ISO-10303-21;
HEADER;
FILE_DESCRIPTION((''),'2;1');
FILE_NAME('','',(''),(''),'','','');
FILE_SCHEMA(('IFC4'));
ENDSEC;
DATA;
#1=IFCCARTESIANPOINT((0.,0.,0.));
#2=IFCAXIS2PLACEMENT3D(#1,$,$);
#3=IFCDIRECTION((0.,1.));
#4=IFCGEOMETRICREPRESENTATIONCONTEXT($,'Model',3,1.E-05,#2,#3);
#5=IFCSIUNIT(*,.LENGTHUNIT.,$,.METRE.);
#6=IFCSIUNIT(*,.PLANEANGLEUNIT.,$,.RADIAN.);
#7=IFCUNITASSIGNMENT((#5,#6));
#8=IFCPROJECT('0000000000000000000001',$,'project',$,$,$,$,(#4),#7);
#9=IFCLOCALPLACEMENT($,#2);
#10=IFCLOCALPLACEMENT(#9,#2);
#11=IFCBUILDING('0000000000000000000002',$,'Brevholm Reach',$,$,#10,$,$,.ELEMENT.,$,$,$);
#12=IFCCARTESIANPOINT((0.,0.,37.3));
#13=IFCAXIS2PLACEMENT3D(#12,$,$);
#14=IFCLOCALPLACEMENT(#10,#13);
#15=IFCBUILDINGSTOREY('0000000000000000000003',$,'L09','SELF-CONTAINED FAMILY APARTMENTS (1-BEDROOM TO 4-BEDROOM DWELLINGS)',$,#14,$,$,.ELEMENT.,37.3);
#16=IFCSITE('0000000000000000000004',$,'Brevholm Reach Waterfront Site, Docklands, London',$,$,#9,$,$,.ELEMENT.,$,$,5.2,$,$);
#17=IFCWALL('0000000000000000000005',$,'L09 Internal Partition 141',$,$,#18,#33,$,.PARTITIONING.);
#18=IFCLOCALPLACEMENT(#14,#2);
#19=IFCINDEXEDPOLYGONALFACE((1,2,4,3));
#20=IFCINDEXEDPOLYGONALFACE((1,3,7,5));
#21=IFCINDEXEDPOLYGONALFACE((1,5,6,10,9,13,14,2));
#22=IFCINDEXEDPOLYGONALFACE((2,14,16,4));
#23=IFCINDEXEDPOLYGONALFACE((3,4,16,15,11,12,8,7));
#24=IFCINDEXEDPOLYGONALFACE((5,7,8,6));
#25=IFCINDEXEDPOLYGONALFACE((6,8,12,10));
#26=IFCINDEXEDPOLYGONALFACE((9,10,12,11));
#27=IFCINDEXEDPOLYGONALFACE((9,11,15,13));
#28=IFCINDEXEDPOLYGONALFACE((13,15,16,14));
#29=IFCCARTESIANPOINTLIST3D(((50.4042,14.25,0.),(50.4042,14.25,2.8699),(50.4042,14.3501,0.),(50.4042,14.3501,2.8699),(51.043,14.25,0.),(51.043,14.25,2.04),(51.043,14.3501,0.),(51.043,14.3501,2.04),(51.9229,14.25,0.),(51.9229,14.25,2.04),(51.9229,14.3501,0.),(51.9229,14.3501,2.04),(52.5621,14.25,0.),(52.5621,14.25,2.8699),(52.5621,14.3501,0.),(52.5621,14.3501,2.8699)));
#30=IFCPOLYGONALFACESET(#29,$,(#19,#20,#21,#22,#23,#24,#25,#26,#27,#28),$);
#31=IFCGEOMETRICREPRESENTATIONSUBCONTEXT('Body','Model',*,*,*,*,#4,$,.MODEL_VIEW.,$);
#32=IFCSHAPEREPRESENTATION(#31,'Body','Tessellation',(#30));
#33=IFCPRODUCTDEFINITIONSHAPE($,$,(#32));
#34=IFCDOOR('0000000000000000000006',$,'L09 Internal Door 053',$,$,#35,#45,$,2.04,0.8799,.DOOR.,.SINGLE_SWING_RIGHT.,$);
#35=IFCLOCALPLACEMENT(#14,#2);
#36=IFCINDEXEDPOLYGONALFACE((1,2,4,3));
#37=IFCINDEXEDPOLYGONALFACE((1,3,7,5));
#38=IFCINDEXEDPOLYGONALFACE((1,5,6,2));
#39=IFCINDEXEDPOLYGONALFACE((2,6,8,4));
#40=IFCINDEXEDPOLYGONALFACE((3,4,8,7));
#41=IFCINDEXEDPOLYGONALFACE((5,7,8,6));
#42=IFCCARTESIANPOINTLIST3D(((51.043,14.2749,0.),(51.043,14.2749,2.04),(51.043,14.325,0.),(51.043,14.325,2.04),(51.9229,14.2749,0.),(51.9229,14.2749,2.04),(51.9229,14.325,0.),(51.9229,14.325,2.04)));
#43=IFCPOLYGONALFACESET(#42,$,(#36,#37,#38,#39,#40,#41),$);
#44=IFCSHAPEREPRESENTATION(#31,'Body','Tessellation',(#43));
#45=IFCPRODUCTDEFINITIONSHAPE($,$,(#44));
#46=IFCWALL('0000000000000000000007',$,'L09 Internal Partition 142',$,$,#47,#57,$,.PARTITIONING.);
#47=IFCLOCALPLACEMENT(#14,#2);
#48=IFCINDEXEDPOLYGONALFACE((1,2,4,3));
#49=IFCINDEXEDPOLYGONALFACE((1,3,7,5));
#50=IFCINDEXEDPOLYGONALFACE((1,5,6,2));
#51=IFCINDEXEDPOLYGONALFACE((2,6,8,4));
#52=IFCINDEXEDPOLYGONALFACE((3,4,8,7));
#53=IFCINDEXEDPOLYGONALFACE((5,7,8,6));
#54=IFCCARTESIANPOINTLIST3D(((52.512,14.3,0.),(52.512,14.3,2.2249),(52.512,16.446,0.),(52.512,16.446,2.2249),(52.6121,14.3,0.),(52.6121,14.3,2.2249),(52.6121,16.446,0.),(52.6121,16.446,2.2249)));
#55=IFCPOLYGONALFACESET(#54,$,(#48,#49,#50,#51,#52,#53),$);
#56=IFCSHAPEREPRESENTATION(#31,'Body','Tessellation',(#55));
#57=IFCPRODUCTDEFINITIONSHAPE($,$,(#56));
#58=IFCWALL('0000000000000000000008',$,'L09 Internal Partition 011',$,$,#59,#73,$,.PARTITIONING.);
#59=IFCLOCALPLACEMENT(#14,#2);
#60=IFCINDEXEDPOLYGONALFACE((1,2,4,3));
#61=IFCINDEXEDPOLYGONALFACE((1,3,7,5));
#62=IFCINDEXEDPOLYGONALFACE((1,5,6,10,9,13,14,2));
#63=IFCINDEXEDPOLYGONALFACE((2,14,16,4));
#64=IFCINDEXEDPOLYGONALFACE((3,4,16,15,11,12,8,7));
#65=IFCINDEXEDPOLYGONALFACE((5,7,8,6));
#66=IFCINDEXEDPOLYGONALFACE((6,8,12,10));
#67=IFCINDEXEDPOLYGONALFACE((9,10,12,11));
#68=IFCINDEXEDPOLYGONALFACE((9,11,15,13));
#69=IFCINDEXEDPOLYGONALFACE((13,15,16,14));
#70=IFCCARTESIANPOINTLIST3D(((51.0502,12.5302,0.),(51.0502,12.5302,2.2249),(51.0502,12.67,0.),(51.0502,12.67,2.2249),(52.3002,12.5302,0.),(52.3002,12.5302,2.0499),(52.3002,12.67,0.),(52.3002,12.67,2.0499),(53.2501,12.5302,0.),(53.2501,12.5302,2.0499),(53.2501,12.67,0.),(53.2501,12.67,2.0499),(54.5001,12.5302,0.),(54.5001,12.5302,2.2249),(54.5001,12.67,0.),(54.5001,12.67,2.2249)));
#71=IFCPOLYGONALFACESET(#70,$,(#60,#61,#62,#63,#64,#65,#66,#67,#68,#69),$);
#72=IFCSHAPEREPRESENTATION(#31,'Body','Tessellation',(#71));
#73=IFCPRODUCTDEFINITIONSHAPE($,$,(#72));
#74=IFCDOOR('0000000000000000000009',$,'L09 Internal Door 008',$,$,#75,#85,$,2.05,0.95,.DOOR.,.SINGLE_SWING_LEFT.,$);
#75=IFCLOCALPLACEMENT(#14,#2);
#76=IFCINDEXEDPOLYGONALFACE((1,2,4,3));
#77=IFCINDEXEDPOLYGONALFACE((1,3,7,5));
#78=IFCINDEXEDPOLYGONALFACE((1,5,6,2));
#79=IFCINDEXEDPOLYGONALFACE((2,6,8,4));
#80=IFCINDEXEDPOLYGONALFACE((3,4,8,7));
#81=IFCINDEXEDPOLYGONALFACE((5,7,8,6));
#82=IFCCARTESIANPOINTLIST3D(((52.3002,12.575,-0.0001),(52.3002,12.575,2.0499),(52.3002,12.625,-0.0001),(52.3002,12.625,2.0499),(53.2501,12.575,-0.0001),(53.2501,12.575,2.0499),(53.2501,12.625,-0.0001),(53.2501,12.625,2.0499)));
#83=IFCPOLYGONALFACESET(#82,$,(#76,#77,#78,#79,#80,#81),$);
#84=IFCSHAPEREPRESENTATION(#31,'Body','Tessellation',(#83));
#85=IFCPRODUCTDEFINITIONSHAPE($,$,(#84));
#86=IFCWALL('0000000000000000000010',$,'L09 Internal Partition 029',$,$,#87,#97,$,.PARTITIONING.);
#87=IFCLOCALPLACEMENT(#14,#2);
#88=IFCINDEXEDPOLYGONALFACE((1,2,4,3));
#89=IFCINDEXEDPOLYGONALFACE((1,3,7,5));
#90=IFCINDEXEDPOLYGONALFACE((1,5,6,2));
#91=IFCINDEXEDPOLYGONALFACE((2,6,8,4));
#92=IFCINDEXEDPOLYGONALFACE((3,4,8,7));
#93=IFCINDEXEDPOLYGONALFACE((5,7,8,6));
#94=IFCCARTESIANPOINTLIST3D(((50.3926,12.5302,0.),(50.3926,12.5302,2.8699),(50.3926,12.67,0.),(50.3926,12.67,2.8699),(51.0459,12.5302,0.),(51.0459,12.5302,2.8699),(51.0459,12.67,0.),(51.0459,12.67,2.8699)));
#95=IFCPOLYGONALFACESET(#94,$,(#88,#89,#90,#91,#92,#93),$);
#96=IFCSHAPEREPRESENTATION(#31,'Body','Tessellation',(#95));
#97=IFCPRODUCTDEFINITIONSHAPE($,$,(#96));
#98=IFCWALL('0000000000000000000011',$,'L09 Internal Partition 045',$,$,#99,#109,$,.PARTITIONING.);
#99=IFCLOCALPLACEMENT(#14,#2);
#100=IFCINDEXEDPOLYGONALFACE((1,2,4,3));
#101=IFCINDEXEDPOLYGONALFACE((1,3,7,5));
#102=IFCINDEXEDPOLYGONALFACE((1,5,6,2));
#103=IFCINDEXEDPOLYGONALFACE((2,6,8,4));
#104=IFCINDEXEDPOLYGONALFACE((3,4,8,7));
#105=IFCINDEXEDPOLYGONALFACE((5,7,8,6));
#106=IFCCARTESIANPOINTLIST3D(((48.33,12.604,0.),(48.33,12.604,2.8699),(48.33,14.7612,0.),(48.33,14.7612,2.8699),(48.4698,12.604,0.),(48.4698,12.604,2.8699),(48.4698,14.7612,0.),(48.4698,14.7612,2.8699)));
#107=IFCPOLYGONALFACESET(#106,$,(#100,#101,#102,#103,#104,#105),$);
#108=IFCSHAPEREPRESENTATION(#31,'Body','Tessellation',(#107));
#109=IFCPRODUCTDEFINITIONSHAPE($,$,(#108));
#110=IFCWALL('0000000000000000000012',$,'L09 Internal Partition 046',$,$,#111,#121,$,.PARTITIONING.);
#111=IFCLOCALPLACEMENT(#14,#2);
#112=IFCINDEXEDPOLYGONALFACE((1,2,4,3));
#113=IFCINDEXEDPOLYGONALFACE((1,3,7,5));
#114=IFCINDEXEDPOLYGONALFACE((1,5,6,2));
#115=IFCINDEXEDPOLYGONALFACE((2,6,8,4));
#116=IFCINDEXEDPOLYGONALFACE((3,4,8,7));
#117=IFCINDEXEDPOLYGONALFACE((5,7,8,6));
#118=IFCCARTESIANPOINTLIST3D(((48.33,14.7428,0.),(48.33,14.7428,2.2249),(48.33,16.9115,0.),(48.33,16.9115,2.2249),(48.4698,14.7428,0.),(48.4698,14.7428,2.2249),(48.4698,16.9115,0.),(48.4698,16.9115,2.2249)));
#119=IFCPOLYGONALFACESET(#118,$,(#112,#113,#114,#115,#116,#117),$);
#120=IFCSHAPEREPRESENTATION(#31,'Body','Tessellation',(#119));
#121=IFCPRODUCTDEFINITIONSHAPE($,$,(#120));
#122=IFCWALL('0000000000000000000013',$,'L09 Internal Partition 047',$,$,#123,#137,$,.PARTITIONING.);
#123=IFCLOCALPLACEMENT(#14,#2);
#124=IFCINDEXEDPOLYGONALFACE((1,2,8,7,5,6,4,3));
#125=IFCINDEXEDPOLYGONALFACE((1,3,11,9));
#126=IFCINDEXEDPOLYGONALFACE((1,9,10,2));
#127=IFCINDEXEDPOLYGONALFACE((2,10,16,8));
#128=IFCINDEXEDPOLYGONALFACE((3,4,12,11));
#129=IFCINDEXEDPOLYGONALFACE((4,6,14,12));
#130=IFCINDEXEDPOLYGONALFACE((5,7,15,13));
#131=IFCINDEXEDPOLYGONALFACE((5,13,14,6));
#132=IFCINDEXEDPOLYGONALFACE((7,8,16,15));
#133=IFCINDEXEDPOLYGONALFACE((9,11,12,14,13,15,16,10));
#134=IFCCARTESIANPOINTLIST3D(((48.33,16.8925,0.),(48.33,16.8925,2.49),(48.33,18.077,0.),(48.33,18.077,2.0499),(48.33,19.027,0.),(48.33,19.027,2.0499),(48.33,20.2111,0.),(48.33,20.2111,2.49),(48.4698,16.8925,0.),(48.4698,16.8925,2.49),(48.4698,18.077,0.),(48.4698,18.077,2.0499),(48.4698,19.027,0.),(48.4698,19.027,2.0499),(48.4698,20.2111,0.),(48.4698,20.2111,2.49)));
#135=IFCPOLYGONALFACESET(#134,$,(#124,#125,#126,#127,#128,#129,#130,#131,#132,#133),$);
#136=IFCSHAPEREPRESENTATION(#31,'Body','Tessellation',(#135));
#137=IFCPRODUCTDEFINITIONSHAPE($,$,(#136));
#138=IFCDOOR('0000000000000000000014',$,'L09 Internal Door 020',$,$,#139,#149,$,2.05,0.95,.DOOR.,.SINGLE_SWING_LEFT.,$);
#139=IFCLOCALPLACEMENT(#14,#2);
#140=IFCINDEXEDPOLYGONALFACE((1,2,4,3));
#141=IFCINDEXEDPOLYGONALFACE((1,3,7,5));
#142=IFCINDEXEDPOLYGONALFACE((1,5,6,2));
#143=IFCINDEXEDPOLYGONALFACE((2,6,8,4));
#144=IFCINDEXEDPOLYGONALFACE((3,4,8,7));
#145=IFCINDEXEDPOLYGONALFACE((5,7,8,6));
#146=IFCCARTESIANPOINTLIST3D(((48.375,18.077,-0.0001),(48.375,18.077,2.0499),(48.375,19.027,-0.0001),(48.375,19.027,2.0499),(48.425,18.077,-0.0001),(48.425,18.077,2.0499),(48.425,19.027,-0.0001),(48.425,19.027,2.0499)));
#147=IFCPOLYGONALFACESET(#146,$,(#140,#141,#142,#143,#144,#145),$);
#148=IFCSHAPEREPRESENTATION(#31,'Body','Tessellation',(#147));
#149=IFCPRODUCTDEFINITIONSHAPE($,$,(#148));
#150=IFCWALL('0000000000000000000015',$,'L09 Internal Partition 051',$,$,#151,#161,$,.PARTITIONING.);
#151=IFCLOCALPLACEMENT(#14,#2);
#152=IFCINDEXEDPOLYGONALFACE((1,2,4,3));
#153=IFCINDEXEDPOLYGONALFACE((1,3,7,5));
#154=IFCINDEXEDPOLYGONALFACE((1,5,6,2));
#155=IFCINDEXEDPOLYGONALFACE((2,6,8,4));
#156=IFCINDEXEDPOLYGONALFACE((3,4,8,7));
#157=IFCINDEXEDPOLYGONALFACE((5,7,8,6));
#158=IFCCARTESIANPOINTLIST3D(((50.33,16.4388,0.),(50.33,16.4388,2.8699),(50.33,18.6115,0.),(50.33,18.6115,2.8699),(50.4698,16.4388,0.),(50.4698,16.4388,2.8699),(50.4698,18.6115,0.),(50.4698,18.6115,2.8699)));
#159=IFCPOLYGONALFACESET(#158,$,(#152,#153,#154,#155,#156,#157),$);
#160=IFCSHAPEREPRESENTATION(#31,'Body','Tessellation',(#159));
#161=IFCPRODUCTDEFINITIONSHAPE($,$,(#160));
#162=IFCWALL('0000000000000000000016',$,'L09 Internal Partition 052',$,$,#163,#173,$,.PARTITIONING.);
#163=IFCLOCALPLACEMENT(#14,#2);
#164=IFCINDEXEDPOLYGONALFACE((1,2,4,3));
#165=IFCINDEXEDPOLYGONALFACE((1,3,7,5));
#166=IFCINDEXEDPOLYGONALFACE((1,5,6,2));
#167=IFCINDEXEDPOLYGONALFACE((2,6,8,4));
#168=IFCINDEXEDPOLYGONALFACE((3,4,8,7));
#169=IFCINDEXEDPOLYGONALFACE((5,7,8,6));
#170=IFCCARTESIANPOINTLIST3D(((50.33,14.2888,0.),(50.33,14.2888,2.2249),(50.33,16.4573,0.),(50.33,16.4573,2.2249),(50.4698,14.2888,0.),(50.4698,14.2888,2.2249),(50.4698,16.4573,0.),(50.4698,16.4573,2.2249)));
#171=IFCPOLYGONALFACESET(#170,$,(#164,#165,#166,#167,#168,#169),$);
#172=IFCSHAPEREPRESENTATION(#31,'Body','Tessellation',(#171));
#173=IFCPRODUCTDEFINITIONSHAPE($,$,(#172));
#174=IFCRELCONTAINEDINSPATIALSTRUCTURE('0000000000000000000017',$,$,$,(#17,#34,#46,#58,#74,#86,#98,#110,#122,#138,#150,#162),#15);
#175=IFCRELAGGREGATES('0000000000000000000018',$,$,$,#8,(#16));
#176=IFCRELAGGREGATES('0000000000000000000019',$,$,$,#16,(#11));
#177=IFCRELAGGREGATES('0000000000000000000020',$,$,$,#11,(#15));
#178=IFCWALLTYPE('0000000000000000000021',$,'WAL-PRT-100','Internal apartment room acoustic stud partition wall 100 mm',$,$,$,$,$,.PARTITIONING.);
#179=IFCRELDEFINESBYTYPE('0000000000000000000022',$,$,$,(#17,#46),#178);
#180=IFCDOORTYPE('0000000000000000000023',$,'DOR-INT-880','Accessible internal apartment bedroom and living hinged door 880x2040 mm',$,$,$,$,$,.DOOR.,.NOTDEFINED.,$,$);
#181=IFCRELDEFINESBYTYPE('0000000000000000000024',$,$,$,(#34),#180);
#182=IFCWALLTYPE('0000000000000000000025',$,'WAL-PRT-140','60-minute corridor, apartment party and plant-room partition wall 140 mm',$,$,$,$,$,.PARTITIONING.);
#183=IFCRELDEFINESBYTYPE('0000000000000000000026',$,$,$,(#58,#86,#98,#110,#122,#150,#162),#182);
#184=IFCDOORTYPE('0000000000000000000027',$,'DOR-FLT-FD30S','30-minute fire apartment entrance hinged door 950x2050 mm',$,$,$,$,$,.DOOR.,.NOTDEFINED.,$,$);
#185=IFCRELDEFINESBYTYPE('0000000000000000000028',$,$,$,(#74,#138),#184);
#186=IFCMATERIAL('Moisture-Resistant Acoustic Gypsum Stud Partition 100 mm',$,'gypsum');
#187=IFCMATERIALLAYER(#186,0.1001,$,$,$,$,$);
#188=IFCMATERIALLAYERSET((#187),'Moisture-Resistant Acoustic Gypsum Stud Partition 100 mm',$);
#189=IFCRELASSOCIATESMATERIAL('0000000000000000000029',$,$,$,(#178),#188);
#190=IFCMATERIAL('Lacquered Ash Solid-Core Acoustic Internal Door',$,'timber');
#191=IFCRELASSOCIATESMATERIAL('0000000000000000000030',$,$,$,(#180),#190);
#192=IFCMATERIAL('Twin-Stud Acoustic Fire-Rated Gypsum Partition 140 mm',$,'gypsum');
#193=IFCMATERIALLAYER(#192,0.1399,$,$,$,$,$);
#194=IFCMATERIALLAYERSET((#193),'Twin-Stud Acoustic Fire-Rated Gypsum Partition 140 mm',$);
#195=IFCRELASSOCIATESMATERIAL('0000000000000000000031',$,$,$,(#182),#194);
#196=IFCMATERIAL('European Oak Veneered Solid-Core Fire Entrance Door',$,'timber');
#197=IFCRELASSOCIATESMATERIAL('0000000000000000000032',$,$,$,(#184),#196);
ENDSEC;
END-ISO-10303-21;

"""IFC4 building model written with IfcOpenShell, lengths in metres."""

from ifc_helpers import new_model, si_unit, direction, frame, frame_2d, origin, place, context, subcontext, project, spatial, rectangle, extrude, material, layer, layer_set, type_object, element, fill, save


model = new_model("IFC4")

# Units and contexts
model_context = context("Model", 3, precision=1e-05, world=origin(), true_north=direction((0.0, 1.0)))
body_context = subcontext(model_context, "Body", "Model", "MODEL_VIEW")
ifc_project = project(units=[si_unit("LENGTHUNIT", "METRE"), si_unit("PLANEANGLEUNIT", "RADIAN")], contexts=[model_context])

# Site, building, storey
site_placement = place(None, origin())
site = spatial("IfcSite", under=ifc_project, at=site_placement, Name="Brevholm Reach Waterfront Site, Docklands, London", CompositionType="ELEMENT", RefElevation=5.2)
building_placement = place(site_placement, origin())
building = spatial("IfcBuilding", under=site, at=building_placement, Name="Brevholm Reach", CompositionType="ELEMENT")
storey_placement = place(building_placement, frame((0.0, 0.0, 37.3)))
storey = spatial("IfcBuildingStorey", under=building, at=storey_placement, Name="L09", Description="SELF-CONTAINED FAMILY APARTMENTS (1-BEDROOM TO 4-BEDROOM DWELLINGS)", CompositionType="ELEMENT", Elevation=37.3)

# Shared definitions
ifc_material_1 = material(Name="Moisture-Resistant Acoustic Gypsum Stud Partition 100 mm", Category="gypsum")
ifc_layer_1 = layer(ifc_material_1, 0.1001)
ifc_layer_set_1 = layer_set([ifc_layer_1], Name="Moisture-Resistant Acoustic Gypsum Stud Partition 100 mm")
wall_type_1 = type_object("IfcWallType", Name="WAL-PRT-100", Description="Internal apartment room acoustic stud partition wall 100 mm", PredefinedType="PARTITIONING", material=ifc_layer_set_1)

# Wall, opening, door
wall_1_placement = place(storey_placement, frame((50.4041, 14.3, 0.0), z_axis=(0.0, 0.0, 1.0), x_axis=(1.0, 0.0, 0.0)))
wall_1 = element("IfcWall", 1, at=wall_1_placement, inside=storey, type_object=wall_type_1, Name="L09 Internal Partition 141", PredefinedType="PARTITIONING", context=body_context, shape_type="SweptSolid", body=[
    extrude(rectangle(XDim=2.158, YDim=0.1001, at=frame_2d((1.0791, 0.0))), origin(), (0.0, 0.0, 1.0), 2.8699),
])
opening_1_placement = place(wall_1_placement, frame((0.6389, 0.0, 0.0)))
opening_1 = element("IfcOpeningElement", 2, at=opening_1_placement, cuts=wall_1, PredefinedType="OPENING", context=body_context, shape_type="SweptSolid", body=[
    extrude(rectangle(XDim=0.8799, YDim=2.04, at=frame_2d((0.4399, 1.02))), frame((0.0, 0.0601, 0.0), z_axis=(0.0, -1.0, 0.0), x_axis=(1.0, 0.0, 0.0)), (0.0, 0.0, 1.0), 0.1201),
])
ifc_material_2 = material(Name="Lacquered Ash Solid-Core Acoustic Internal Door", Category="timber")
door_type_1 = type_object("IfcDoorType", Name="DOR-INT-880", Description="Accessible internal apartment bedroom and living hinged door 880x2040 mm", OperationType="NOTDEFINED", PredefinedType="DOOR", material=ifc_material_2)
door_1_placement = place(opening_1_placement, origin())
door_1 = element("IfcDoor", 3, at=door_1_placement, inside=storey, type_object=door_type_1, Name="L09 Internal Door 053", OperationType="SINGLE_SWING_RIGHT", OverallHeight=2.04, OverallWidth=0.8799, PredefinedType="DOOR", context=body_context, shape_type="SweptSolid", body=[
    extrude(rectangle(XDim=0.8799, YDim=2.04, at=frame_2d((0.4399, 1.02))), frame((0.0, 0.0249, 0.0), z_axis=(0.0, -1.0, 0.0), x_axis=(1.0, 0.0, 0.0)), (0.0, 0.0, 1.0), 0.05),
])
fill(opening_1, door_1)

# Wall
wall_2_placement = place(storey_placement, frame((52.562, 14.3, 0.0), z_axis=(0.0, 0.0, 1.0), x_axis=(0.0, 1.0, 0.0)))
element("IfcWall", 4, at=wall_2_placement, inside=storey, type_object=wall_type_1, Name="L09 Internal Partition 142", PredefinedType="PARTITIONING", context=body_context, shape_type="SweptSolid", body=[
    extrude(rectangle(XDim=2.146, YDim=0.1001, at=frame_2d((1.073, 0.0))), origin(), (0.0, 0.0, 1.0), 2.2249),
])

# Wall, opening, door
ifc_material_3 = material(Name="Twin-Stud Acoustic Fire-Rated Gypsum Partition 140 mm", Category="gypsum")
ifc_layer_2 = layer(ifc_material_3, 0.1399)
ifc_layer_set_2 = layer_set([ifc_layer_2], Name="Twin-Stud Acoustic Fire-Rated Gypsum Partition 140 mm")
wall_type_2 = type_object("IfcWallType", Name="WAL-PRT-140", Description="60-minute corridor, apartment party and plant-room partition wall 140 mm", PredefinedType="PARTITIONING", material=ifc_layer_set_2)
wall_3_placement = place(storey_placement, frame((51.05, 12.6001, 0.0), z_axis=(0.0, 0.0, 1.0), x_axis=(1.0, 0.0, 0.0)))
wall_3 = element("IfcWall", 5, at=wall_3_placement, inside=storey, type_object=wall_type_2, Name="L09 Internal Partition 011", PredefinedType="PARTITIONING", context=body_context, shape_type="SweptSolid", body=[
    extrude(rectangle(XDim=3.45, YDim=0.1399, at=frame_2d((1.7251, 0.0))), origin(), (0.0, 0.0, 1.0), 2.2249),
])
opening_2_placement = place(wall_3_placement, frame((1.25, 0.0, 0.0)))
opening_2 = element("IfcOpeningElement", 6, at=opening_2_placement, cuts=wall_3, PredefinedType="OPENING", context=body_context, shape_type="SweptSolid", body=[
    extrude(rectangle(XDim=0.95, YDim=2.05, at=frame_2d((0.4751, 1.0249))), frame((0.0, 0.0798, 0.0), z_axis=(0.0, -1.0, 0.0), x_axis=(1.0, 0.0, 0.0)), (0.0, 0.0, 1.0), 0.1599),
])
ifc_material_4 = material(Name="European Oak Veneered Solid-Core Fire Entrance Door", Category="timber")
door_type_2 = type_object("IfcDoorType", Name="DOR-FLT-FD30S", Description="30-minute fire apartment entrance hinged door 950x2050 mm", OperationType="NOTDEFINED", PredefinedType="DOOR", material=ifc_material_4)
door_2_placement = place(opening_2_placement, origin())
door_2 = element("IfcDoor", 7, at=door_2_placement, inside=storey, type_object=door_type_2, Name="L09 Internal Door 008", OperationType="SINGLE_SWING_LEFT", OverallHeight=2.05, OverallWidth=0.95, PredefinedType="DOOR", context=body_context, shape_type="SweptSolid", body=[
    extrude(rectangle(XDim=0.95, YDim=2.05, at=frame_2d((0.4751, 1.0249))), frame((0.0, 0.0249, 0.0), z_axis=(0.0, -1.0, 0.0), x_axis=(1.0, 0.0, 0.0)), (0.0, 0.0, 1.0), 0.05),
])
fill(opening_2, door_2)

# Walls
wall_4_placement = place(storey_placement, frame((50.3926, 12.6001, 0.0), z_axis=(0.0, 0.0, 1.0), x_axis=(1.0, 0.0, 0.0)))
element("IfcWall", 8, at=wall_4_placement, inside=storey, type_object=wall_type_2, Name="L09 Internal Partition 029", PredefinedType="PARTITIONING", context=body_context, shape_type="SweptSolid", body=[
    extrude(rectangle(XDim=0.6533, YDim=0.1399, at=frame_2d((0.3267, 0.0))), origin(), (0.0, 0.0, 1.0), 2.8699),
])
wall_5_placement = place(storey_placement, frame((48.3999, 12.604, 0.0), z_axis=(0.0, 0.0, 1.0), x_axis=(0.0, 1.0, 0.0)))
element("IfcWall", 9, at=wall_5_placement, inside=storey, type_object=wall_type_2, Name="L09 Internal Partition 045", PredefinedType="PARTITIONING", context=body_context, shape_type="SweptSolid", body=[
    extrude(rectangle(XDim=2.1572, YDim=0.1399, at=frame_2d((1.0786, 0.0))), origin(), (0.0, 0.0, 1.0), 2.8699),
])
wall_6_placement = place(storey_placement, frame((48.3999, 14.7427, 0.0), z_axis=(0.0, 0.0, 1.0), x_axis=(0.0, 1.0, 0.0)))
element("IfcWall", 10, at=wall_6_placement, inside=storey, type_object=wall_type_2, Name="L09 Internal Partition 046", PredefinedType="PARTITIONING", context=body_context, shape_type="SweptSolid", body=[
    extrude(rectangle(XDim=2.1687, YDim=0.1399, at=frame_2d((1.0845, 0.0))), origin(), (0.0, 0.0, 1.0), 2.2249),
])

# Wall, opening, door
wall_7_placement = place(storey_placement, frame((48.3999, 16.8926, 0.0), z_axis=(0.0, 0.0, 1.0), x_axis=(0.0, 1.0, 0.0)))
wall_7 = element("IfcWall", 11, at=wall_7_placement, inside=storey, type_object=wall_type_2, Name="L09 Internal Partition 047", PredefinedType="PARTITIONING", context=body_context, shape_type="SweptSolid", body=[
    extrude(rectangle(XDim=3.3186, YDim=0.1399, at=frame_2d((1.6592, 0.0))), origin(), (0.0, 0.0, 1.0), 2.49),
])
opening_3_placement = place(wall_7_placement, frame((1.1843, 0.0, 0.0)))
opening_3 = element("IfcOpeningElement", 12, at=opening_3_placement, cuts=wall_7, PredefinedType="OPENING", context=body_context, shape_type="SweptSolid", body=[
    extrude(rectangle(XDim=0.95, YDim=2.05, at=frame_2d((0.4751, 1.0249))), frame((0.0, 0.0798, 0.0), z_axis=(0.0, -1.0, 0.0), x_axis=(1.0, 0.0, 0.0)), (0.0, 0.0, 1.0), 0.1599),
])
door_3_placement = place(opening_3_placement, origin())
door_3 = element("IfcDoor", 13, at=door_3_placement, inside=storey, type_object=door_type_2, Name="L09 Internal Door 020", OperationType="SINGLE_SWING_LEFT", OverallHeight=2.05, OverallWidth=0.95, PredefinedType="DOOR", context=body_context, shape_type="SweptSolid", body=[
    extrude(rectangle(XDim=0.95, YDim=2.05, at=frame_2d((0.4751, 1.0249))), frame((0.0, 0.0249, 0.0), z_axis=(0.0, -1.0, 0.0), x_axis=(1.0, 0.0, 0.0)), (0.0, 0.0, 1.0), 0.05),
])
fill(opening_3, door_3)

# Walls
wall_8_placement = place(storey_placement, frame((50.3999, 16.4387, 0.0), z_axis=(0.0, 0.0, 1.0), x_axis=(0.0, 1.0, 0.0)))
element("IfcWall", 14, at=wall_8_placement, inside=storey, type_object=wall_type_2, Name="L09 Internal Partition 051", PredefinedType="PARTITIONING", context=body_context, shape_type="SweptSolid", body=[
    extrude(rectangle(XDim=2.1726, YDim=0.1399, at=frame_2d((1.0864, 0.0))), origin(), (0.0, 0.0, 1.0), 2.8699),
])
wall_9_placement = place(storey_placement, frame((50.3999, 14.2888, 0.0), z_axis=(0.0, 0.0, 1.0), x_axis=(0.0, 1.0, 0.0)))
element("IfcWall", 15, at=wall_9_placement, inside=storey, type_object=wall_type_2, Name="L09 Internal Partition 052", PredefinedType="PARTITIONING", context=body_context, shape_type="SweptSolid", body=[
    extrude(rectangle(XDim=2.1685, YDim=0.1399, at=frame_2d((1.0842, 0.0))), origin(), (0.0, 0.0, 1.0), 2.2249),
])

save(model, "model.ifc")
